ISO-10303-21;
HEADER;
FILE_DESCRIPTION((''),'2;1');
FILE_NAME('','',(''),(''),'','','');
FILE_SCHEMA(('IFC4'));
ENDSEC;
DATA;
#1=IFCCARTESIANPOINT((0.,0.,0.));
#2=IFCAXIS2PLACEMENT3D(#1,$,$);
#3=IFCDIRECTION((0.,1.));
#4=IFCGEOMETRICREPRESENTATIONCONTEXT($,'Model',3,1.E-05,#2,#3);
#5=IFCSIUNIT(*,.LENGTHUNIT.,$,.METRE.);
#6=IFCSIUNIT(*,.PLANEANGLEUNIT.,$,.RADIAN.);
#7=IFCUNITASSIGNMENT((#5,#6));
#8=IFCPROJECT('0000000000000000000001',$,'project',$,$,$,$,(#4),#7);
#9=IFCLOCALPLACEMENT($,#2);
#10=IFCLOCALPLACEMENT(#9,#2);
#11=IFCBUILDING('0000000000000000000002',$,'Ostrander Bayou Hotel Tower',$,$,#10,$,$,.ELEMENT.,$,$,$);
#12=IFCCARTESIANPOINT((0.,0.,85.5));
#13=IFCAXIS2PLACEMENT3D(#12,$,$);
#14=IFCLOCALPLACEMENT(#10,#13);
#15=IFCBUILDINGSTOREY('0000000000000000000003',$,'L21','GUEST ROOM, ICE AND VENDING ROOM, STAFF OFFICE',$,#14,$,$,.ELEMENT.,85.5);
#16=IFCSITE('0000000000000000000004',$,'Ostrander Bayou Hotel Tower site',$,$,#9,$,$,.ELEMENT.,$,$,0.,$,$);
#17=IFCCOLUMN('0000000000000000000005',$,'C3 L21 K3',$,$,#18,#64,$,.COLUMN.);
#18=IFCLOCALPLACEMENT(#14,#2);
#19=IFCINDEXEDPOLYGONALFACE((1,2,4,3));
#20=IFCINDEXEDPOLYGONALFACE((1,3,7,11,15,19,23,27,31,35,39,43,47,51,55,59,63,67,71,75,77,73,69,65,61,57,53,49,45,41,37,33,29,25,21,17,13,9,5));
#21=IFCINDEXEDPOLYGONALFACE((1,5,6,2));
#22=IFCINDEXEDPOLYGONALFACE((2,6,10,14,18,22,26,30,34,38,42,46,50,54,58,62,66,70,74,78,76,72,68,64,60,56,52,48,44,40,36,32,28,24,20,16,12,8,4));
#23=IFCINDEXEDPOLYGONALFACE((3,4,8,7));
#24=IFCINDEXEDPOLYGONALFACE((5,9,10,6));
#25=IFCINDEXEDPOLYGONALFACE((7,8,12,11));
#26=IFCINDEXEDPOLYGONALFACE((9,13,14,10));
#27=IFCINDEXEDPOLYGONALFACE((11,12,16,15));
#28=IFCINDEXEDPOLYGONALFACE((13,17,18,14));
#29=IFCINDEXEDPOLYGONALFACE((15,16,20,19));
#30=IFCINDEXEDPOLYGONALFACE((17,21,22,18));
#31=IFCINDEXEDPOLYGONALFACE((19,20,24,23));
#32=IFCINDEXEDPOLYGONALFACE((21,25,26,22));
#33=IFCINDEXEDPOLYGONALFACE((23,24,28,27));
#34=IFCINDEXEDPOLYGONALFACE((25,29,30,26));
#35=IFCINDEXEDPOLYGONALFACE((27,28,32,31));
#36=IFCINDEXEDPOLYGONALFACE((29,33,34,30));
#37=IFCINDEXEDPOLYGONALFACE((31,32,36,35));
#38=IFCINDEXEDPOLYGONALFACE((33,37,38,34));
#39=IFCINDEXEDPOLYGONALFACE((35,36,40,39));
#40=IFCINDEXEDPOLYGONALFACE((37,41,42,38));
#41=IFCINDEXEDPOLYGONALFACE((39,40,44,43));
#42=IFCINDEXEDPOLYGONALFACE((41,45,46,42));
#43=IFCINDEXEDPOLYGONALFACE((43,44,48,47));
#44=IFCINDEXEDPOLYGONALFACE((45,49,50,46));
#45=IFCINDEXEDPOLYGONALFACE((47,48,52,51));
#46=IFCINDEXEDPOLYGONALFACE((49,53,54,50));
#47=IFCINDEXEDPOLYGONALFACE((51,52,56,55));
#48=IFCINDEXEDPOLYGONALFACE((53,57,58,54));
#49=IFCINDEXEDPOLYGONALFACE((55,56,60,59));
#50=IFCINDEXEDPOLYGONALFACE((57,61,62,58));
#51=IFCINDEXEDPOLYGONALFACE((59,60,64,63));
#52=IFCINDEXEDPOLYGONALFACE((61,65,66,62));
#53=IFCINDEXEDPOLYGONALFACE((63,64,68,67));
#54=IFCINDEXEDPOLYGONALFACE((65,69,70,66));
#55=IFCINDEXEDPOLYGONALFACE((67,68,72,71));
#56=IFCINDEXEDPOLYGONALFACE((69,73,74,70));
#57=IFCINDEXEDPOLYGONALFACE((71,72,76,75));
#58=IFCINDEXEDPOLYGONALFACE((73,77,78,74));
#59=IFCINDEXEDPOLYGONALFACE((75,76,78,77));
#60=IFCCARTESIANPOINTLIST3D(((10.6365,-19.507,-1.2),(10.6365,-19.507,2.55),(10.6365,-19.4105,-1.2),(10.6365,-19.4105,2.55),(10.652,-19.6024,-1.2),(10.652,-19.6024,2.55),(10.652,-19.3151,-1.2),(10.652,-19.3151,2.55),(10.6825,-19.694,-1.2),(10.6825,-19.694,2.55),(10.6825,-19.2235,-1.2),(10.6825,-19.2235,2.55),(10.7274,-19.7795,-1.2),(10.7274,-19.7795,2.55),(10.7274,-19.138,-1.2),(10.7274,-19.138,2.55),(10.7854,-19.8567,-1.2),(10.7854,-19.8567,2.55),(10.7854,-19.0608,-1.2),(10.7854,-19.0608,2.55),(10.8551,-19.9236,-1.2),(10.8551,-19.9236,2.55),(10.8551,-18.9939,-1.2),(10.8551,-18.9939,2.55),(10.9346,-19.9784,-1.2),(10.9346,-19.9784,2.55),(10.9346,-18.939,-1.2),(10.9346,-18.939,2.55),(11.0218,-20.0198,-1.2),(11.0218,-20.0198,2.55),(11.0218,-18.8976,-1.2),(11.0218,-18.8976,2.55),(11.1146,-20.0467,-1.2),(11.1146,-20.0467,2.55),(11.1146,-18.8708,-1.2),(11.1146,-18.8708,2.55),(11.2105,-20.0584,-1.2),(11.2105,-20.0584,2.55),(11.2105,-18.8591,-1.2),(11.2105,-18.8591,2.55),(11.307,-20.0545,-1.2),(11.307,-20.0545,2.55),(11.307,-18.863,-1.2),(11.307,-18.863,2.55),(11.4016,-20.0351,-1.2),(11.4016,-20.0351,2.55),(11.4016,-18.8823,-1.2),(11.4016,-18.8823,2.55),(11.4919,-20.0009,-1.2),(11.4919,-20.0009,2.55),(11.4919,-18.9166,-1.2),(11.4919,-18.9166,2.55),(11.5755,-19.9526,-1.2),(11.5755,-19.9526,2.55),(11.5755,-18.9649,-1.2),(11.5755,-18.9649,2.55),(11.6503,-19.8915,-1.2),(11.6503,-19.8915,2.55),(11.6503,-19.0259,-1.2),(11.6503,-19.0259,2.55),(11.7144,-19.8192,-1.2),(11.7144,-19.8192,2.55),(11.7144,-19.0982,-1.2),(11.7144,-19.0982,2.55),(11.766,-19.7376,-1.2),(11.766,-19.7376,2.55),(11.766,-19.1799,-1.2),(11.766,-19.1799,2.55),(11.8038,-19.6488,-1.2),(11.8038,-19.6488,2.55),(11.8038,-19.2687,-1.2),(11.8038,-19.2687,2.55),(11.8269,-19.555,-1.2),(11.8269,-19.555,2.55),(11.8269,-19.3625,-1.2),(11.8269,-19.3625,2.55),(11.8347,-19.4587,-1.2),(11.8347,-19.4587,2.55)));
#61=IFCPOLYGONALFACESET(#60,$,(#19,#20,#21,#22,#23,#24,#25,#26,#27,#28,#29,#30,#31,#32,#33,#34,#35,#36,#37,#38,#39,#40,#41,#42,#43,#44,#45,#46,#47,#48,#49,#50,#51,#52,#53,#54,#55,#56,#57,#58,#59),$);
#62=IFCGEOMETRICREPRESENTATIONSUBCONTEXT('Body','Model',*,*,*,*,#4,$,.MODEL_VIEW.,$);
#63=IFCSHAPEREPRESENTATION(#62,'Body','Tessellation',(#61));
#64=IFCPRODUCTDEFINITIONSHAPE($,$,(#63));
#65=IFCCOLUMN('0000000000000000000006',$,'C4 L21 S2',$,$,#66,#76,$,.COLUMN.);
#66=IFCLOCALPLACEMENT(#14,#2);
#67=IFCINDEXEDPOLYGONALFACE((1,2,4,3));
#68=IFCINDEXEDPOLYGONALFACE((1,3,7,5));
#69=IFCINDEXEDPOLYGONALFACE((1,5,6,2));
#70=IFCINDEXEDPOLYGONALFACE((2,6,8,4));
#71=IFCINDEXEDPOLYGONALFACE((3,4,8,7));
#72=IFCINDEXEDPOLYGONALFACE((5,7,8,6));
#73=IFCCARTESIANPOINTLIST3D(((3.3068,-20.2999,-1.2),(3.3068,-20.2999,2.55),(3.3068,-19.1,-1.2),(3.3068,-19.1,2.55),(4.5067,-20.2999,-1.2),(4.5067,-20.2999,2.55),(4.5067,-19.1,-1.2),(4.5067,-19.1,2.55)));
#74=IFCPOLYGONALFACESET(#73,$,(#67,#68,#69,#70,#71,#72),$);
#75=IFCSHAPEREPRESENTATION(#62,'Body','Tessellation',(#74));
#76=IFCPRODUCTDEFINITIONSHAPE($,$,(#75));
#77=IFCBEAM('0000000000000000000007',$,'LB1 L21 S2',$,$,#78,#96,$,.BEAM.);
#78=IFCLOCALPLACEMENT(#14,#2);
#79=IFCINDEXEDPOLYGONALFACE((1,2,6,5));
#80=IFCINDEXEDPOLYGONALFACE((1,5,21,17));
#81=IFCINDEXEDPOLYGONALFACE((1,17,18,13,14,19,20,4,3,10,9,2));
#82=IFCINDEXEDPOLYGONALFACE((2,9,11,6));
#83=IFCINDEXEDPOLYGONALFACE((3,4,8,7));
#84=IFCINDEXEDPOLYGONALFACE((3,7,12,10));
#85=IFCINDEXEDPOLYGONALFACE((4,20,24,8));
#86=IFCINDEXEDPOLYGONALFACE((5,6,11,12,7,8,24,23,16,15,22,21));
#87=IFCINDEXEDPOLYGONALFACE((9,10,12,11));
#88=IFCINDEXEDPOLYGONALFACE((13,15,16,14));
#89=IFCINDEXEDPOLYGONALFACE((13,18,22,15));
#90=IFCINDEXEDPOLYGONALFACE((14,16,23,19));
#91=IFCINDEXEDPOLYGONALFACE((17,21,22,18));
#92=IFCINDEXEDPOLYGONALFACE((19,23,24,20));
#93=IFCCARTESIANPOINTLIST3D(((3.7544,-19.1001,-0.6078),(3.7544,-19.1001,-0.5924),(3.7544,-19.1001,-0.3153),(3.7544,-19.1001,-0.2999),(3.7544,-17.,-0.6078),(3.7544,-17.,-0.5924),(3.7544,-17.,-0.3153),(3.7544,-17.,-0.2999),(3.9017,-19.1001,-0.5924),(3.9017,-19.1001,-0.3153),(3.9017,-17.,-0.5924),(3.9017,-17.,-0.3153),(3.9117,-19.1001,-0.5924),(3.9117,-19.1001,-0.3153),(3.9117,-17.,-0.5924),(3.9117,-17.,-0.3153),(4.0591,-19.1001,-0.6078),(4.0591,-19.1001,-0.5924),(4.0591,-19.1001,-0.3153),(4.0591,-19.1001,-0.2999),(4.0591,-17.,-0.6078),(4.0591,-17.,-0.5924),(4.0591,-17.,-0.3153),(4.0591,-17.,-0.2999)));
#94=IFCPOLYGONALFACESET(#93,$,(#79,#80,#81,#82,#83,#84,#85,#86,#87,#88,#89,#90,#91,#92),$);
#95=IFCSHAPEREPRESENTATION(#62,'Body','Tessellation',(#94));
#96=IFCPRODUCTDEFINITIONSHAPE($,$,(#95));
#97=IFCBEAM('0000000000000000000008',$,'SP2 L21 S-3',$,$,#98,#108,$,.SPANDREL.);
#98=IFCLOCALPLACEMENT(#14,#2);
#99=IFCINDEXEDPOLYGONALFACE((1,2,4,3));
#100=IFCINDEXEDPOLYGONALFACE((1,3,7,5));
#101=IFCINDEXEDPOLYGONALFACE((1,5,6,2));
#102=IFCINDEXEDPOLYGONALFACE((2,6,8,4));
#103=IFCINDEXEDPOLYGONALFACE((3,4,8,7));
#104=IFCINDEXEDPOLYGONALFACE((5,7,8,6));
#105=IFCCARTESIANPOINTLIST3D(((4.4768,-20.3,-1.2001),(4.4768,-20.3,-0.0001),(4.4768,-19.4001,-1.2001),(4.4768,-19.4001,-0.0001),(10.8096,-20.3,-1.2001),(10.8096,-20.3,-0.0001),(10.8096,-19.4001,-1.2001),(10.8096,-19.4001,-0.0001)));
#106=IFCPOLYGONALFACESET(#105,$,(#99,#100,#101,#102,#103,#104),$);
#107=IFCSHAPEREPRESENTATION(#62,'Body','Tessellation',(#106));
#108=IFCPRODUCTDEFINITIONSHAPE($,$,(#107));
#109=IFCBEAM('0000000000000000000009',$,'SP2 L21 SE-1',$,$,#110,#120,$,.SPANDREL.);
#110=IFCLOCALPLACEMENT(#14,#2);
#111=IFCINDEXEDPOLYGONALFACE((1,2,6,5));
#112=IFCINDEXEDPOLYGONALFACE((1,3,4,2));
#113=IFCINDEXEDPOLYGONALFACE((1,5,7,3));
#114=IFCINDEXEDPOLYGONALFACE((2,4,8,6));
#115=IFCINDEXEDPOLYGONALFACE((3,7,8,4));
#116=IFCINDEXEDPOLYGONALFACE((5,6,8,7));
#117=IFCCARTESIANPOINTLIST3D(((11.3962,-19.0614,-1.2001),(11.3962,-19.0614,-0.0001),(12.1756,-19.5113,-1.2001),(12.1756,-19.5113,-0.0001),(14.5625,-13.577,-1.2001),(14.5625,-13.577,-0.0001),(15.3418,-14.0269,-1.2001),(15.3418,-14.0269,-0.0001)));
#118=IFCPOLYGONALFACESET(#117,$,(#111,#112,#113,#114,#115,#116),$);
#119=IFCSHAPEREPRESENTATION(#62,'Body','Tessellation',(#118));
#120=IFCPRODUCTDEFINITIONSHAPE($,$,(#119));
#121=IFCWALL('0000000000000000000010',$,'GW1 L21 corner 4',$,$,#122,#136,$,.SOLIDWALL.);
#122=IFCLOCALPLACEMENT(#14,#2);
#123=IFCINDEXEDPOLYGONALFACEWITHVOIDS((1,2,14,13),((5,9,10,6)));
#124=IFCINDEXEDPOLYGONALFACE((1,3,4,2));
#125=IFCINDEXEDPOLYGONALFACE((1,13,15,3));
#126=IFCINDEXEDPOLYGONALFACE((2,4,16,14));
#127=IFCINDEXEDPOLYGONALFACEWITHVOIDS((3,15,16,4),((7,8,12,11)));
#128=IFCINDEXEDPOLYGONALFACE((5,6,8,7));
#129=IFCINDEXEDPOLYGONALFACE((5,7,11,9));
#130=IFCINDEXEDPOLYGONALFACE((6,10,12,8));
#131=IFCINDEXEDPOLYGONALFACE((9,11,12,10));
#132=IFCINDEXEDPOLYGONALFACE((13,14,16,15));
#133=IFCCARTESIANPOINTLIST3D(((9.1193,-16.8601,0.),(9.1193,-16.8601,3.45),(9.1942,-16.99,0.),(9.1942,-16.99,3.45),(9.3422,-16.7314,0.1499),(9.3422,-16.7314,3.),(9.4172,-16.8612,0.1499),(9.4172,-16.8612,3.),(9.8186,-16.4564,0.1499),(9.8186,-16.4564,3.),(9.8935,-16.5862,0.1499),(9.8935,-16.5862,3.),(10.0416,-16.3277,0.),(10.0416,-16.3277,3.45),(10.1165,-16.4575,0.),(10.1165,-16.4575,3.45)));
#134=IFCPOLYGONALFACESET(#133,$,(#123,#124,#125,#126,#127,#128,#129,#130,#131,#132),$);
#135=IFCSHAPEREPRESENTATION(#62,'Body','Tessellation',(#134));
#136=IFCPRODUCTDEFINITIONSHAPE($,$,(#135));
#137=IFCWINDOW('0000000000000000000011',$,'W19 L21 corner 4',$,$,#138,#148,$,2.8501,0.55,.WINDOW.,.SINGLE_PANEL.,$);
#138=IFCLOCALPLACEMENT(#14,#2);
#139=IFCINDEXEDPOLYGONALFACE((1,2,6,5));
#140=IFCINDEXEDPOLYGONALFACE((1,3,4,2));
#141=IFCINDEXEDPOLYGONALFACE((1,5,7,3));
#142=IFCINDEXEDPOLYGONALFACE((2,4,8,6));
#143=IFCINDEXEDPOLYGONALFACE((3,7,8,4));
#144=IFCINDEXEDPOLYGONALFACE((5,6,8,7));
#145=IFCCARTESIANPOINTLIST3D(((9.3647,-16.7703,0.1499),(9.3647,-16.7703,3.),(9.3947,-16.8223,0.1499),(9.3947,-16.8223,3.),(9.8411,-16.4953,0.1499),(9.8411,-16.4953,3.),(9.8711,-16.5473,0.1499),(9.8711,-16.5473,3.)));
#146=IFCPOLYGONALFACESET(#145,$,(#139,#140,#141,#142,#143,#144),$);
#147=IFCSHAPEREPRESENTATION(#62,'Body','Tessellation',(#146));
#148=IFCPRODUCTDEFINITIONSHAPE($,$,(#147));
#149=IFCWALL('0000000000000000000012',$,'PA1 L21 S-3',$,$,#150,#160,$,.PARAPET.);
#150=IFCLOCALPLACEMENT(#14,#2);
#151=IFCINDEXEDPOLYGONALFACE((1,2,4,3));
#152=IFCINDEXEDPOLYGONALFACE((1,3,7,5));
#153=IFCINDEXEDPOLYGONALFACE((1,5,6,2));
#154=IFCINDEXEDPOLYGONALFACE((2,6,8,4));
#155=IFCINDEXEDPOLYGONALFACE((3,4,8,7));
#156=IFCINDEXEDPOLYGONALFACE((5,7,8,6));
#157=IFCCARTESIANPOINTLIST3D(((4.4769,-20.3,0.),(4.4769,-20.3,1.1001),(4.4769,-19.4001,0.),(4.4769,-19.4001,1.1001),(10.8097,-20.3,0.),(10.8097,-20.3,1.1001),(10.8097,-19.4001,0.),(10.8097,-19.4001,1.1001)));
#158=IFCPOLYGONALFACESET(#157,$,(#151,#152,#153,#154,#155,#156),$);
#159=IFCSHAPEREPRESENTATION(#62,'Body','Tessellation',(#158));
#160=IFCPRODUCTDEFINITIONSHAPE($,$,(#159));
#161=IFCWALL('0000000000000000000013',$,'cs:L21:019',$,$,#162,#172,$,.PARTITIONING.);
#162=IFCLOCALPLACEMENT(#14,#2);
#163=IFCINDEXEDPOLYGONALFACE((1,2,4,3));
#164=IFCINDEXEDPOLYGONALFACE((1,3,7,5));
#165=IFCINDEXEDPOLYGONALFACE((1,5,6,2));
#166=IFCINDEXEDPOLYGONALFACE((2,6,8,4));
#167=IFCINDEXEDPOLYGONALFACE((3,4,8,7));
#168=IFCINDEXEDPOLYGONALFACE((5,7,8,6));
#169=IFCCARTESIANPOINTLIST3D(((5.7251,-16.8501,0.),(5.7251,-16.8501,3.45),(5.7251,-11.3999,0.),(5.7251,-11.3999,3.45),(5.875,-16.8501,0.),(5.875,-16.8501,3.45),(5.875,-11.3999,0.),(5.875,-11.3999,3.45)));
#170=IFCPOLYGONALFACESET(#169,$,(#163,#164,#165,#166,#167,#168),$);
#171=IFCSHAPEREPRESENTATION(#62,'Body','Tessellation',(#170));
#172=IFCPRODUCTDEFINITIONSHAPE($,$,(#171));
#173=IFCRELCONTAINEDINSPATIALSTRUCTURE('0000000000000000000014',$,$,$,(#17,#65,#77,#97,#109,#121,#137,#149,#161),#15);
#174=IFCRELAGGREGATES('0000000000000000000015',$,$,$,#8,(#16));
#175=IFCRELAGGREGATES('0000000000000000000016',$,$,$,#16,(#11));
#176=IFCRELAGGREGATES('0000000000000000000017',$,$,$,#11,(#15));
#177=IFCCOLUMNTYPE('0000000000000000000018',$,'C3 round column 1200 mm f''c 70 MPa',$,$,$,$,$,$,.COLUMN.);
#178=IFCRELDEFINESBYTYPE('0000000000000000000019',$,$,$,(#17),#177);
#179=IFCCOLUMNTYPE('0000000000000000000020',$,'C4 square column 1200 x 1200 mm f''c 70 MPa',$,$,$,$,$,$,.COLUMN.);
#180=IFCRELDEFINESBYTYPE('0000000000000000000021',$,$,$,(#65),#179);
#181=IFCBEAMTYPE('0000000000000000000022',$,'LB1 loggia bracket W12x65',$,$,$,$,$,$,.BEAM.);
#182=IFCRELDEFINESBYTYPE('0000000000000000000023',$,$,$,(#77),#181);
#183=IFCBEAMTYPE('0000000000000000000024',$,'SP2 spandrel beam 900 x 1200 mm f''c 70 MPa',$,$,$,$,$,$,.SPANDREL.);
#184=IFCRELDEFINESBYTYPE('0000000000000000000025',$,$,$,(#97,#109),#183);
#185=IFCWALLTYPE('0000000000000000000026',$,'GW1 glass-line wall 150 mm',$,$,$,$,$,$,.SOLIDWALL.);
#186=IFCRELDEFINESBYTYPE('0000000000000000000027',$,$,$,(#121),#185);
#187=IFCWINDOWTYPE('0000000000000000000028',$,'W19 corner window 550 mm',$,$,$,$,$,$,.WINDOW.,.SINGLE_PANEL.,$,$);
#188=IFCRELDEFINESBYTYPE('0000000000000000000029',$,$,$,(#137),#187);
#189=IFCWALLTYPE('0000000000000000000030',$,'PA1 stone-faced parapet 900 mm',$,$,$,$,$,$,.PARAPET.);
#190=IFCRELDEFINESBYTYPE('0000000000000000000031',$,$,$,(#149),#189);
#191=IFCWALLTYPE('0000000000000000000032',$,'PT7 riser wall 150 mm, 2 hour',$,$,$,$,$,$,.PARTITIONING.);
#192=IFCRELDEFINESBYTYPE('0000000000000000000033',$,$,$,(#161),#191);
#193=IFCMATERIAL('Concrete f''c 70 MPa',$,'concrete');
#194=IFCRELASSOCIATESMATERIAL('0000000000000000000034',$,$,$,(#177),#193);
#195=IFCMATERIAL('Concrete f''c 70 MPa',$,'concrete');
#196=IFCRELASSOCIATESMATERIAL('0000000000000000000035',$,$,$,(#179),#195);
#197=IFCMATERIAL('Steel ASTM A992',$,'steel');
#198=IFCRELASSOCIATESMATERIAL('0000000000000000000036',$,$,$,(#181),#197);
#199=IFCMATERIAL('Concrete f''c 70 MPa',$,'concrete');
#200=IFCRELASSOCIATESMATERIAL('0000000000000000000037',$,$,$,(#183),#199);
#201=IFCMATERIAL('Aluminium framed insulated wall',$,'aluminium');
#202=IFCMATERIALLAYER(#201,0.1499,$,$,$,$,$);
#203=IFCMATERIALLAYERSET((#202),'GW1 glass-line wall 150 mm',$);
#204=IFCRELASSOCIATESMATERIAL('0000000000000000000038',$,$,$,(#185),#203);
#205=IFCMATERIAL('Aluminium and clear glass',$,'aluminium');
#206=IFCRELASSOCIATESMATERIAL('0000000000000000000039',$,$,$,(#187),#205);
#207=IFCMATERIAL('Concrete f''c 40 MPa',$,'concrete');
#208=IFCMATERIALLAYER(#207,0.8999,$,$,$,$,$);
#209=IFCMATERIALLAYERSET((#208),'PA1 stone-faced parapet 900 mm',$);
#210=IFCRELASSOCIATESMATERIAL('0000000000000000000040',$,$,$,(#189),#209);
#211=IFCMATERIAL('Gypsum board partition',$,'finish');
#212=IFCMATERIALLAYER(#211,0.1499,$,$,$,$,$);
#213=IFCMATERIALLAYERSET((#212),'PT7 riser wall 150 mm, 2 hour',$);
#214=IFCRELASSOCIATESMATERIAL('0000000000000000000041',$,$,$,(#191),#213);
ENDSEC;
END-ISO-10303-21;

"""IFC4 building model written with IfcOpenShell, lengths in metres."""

from ifc_helpers import new_model, si_unit, direction, frame, frame_2d, origin, origin_2d, place, context, subcontext, project, spatial, rectangle, circle, i_section, extrude, material, layer, layer_set, material_profile, profile_set, type_object, element, fill, save


model = new_model("IFC4")

# Units and contexts
model_context = context("Model", 3, precision=1e-05, world=origin(), true_north=direction((0.0, 1.0)))
body_context = subcontext(model_context, "Body", "Model", "MODEL_VIEW")
ifc_project = project(units=[si_unit("LENGTHUNIT", "METRE"), si_unit("PLANEANGLEUNIT", "RADIAN")], contexts=[model_context])

# Site, building, storey
site_placement = place(None, origin())
site = spatial("IfcSite", under=ifc_project, at=site_placement, Name="Ostrander Bayou Hotel Tower site", CompositionType="ELEMENT", RefElevation=0.0)
building_placement = place(site_placement, origin())
building = spatial("IfcBuilding", under=site, at=building_placement, Name="Ostrander Bayou Hotel Tower", CompositionType="ELEMENT")
storey_placement = place(building_placement, frame((0.0, 0.0, 85.5)))
storey = spatial("IfcBuildingStorey", under=building, at=storey_placement, Name="L21", Description="GUEST ROOM, ICE AND VENDING ROOM, STAFF OFFICE", CompositionType="ELEMENT", Elevation=85.5)

# Columns
ifc_material_1 = material(Name="Concrete f'c 70 MPa", Category="concrete")
ifc_material_profile_1 = material_profile(ifc_material_1, circle(Radius=0.6001, at=origin_2d()))
ifc_profile_set_1 = profile_set([ifc_material_profile_1], Name="Concrete f'c 70 MPa")
column_type_1 = type_object("IfcColumnType", Name="C3 round column 1200 mm f'c 70 MPa", PredefinedType="COLUMN", material=ifc_profile_set_1)
column_1_placement = place(storey_placement, frame((11.2346, -19.4587, -1.2), z_axis=(0.0, 0.0, 1.0), x_axis=(1.0, 0.0, 0.0)))
element("IfcColumn", 1, at=column_1_placement, inside=storey, type_object=column_type_1, Name="C3 L21 K3", PredefinedType="COLUMN", context=body_context, shape_type="SweptSolid", body=[
    extrude(circle(Radius=0.6001, at=origin_2d()), origin(), (0.0, 0.0, 1.0), 3.75),
])
ifc_material_2 = material(Name="Concrete f'c 70 MPa", Category="concrete")
ifc_material_profile_2 = material_profile(ifc_material_2, rectangle(XDim=1.2, YDim=1.2, at=origin_2d()))
ifc_profile_set_2 = profile_set([ifc_material_profile_2], Name="Concrete f'c 70 MPa")
column_type_2 = type_object("IfcColumnType", Name="C4 square column 1200 x 1200 mm f'c 70 MPa", PredefinedType="COLUMN", material=ifc_profile_set_2)
column_2_placement = place(storey_placement, frame((3.9067, -19.7, -1.2), z_axis=(0.0, 0.0, 1.0), x_axis=(-1.0, 0.0, 0.0)))
element("IfcColumn", 2, at=column_2_placement, inside=storey, type_object=column_type_2, Name="C4 L21 S2", PredefinedType="COLUMN", context=body_context, shape_type="SweptSolid", body=[
    extrude(rectangle(XDim=1.2, YDim=1.2, at=origin_2d()), origin(), (0.0, 0.0, 1.0), 3.75),
])

# Beams
ifc_material_3 = material(Name="Steel ASTM A992", Category="steel")
ifc_material_profile_3 = material_profile(ifc_material_3, i_section(OverallWidth=0.3047, OverallDepth=0.3079, WebThickness=0.01, FlangeThickness=0.0154, at=origin_2d()))
ifc_profile_set_3 = profile_set([ifc_material_profile_3], Name="Steel ASTM A992")
beam_type_1 = type_object("IfcBeamType", Name="LB1 loggia bracket W12x65", PredefinedType="BEAM", material=ifc_profile_set_3)
beam_placement = place(storey_placement, frame((3.9067, -19.1001, -0.4539), z_axis=(0.0, 1.0, 0.0), x_axis=(-1.0, 0.0, 0.0)))
element("IfcBeam", 3, at=beam_placement, inside=storey, type_object=beam_type_1, Name="LB1 L21 S2", PredefinedType="BEAM", context=body_context, shape_type="SweptSolid", body=[
    extrude(i_section(OverallWidth=0.3047, OverallDepth=0.3079, WebThickness=0.01, FlangeThickness=0.0154, at=origin_2d()), origin(), (0.0, 0.0, 1.0), 2.1001),
])
ifc_material_4 = material(Name="Concrete f'c 70 MPa", Category="concrete")
ifc_material_profile_4 = material_profile(ifc_material_4, rectangle(XDim=0.8999, YDim=1.2, at=origin_2d()))
ifc_profile_set_4 = profile_set([ifc_material_profile_4], Name="Concrete f'c 70 MPa")
beam_type_2 = type_object("IfcBeamType", Name="SP2 spandrel beam 900 x 1200 mm f'c 70 MPa", PredefinedType="SPANDREL", material=ifc_profile_set_4)
for number, where, z_axis, x_axis, name in (
    (4, (4.4768, -19.8501, -0.6001), (1.0, 0.0, 0.0), (0.0, 1.0, 0.0), "SP2 L21 S-3"),
    (5, (11.7859, -19.2864, -0.6001), (0.499983, 0.866035, 0.0), (-0.866035, 0.499983, 0.0), "SP2 L21 SE-1"),
):
    element("IfcBeam", number, at=place(storey_placement, frame(where, z_axis=z_axis, x_axis=x_axis)), inside=storey, type_object=beam_type_2, Name=name, PredefinedType="SPANDREL", context=body_context, shape_type="SweptSolid", body=[
        extrude(rectangle(XDim=0.8999, YDim=1.2, at=origin_2d()), origin(), (0.0, 0.0, 1.0), 6.3328),
    ])

# Shared definitions
ifc_material_5 = material(Name="Aluminium framed insulated wall", Category="aluminium")
ifc_layer_1 = layer(ifc_material_5, 0.1499)
ifc_layer_set_1 = layer_set([ifc_layer_1], Name="GW1 glass-line wall 150 mm")
wall_type_1 = type_object("IfcWallType", Name="GW1 glass-line wall 150 mm", PredefinedType="SOLIDWALL", material=ifc_layer_set_1)

# Wall, opening, window
wall_1_placement = place(storey_placement, frame((9.1567, -16.925, 0.0), z_axis=(0.0, 0.0, 1.0), x_axis=(0.866048, 0.499961, 0.0)))
wall_1 = element("IfcWall", 6, at=wall_1_placement, inside=storey, type_object=wall_type_1, Name="GW1 L21 corner 4", PredefinedType="SOLIDWALL", context=body_context, shape_type="SweptSolid", body=[
    extrude(rectangle(XDim=1.0649, YDim=0.1499, at=frame_2d((0.5325, 0.0))), origin(), (0.0, 0.0, 1.0), 3.45),
])
opening_1_placement = place(wall_1_placement, frame((0.2576, 0.0, 0.1499)))
opening_1 = element("IfcOpeningElement", 7, at=opening_1_placement, cuts=wall_1, PredefinedType="OPENING", context=body_context, shape_type="SweptSolid", body=[
    extrude(rectangle(XDim=0.55, YDim=2.8501, at=frame_2d((0.2749, 1.425))), frame((0.0, 0.075, 0.0), z_axis=(0.0, -1.0, 0.0), x_axis=(1.0, 0.0, 0.0)), (0.0, 0.0, 1.0), 0.1499),
])
ifc_material_6 = material(Name="Aluminium and clear glass", Category="aluminium")
window_type_1 = type_object("IfcWindowType", Name="W19 corner window 550 mm", PartitioningType="SINGLE_PANEL", PredefinedType="WINDOW", material=ifc_material_6)
window_1_placement = place(opening_1_placement, origin())
window_1 = element("IfcWindow", 8, at=window_1_placement, inside=storey, type_object=window_type_1, Name="W19 L21 corner 4", OverallHeight=2.8501, OverallWidth=0.55, PartitioningType="SINGLE_PANEL", PredefinedType="WINDOW", context=body_context, shape_type="SweptSolid", body=[
    extrude(rectangle(XDim=0.55, YDim=2.8501, at=frame_2d((0.2749, 1.425))), frame((0.0, 0.03, 0.0), z_axis=(0.0, -1.0, 0.0), x_axis=(1.0, 0.0, 0.0)), (0.0, 0.0, 1.0), 0.0601),
])
fill(opening_1, window_1)

# Walls
ifc_material_7 = material(Name="Concrete f'c 40 MPa", Category="concrete")
ifc_layer_2 = layer(ifc_material_7, 0.8999)
ifc_layer_set_2 = layer_set([ifc_layer_2], Name="PA1 stone-faced parapet 900 mm")
wall_type_2 = type_object("IfcWallType", Name="PA1 stone-faced parapet 900 mm", PredefinedType="PARAPET", material=ifc_layer_set_2)
wall_2_placement = place(storey_placement, frame((4.4768, -19.8501, 0.0), z_axis=(0.0, 0.0, 1.0), x_axis=(1.0, 0.0, 0.0)))
element("IfcWall", 9, at=wall_2_placement, inside=storey, type_object=wall_type_2, Name="PA1 L21 S-3", PredefinedType="PARAPET", context=body_context, shape_type="SweptSolid", body=[
    extrude(rectangle(XDim=6.3328, YDim=0.8999, at=frame_2d((3.1665, 0.0))), origin(), (0.0, 0.0, 1.0), 1.1001),
])
ifc_material_8 = material(Name="Gypsum board partition", Category="finish")
ifc_layer_3 = layer(ifc_material_8, 0.1499)
ifc_layer_set_3 = layer_set([ifc_layer_3], Name="PT7 riser wall 150 mm, 2 hour")
wall_type_3 = type_object("IfcWallType", Name="PT7 riser wall 150 mm, 2 hour", PredefinedType="PARTITIONING", material=ifc_layer_set_3)
wall_3_placement = place(storey_placement, frame((5.8, -11.3999, 0.0), z_axis=(0.0, 0.0, 1.0), x_axis=(0.0, -1.0, 0.0)))
element("IfcWall", 10, at=wall_3_placement, inside=storey, type_object=wall_type_3, Name="cs:L21:019", PredefinedType="PARTITIONING", context=body_context, shape_type="SweptSolid", body=[
    extrude(rectangle(XDim=5.4502, YDim=0.1499, at=frame_2d((2.7251, 0.0))), origin(), (0.0, 0.0, 1.0), 3.45),
])

save(model, "model.ifc")
